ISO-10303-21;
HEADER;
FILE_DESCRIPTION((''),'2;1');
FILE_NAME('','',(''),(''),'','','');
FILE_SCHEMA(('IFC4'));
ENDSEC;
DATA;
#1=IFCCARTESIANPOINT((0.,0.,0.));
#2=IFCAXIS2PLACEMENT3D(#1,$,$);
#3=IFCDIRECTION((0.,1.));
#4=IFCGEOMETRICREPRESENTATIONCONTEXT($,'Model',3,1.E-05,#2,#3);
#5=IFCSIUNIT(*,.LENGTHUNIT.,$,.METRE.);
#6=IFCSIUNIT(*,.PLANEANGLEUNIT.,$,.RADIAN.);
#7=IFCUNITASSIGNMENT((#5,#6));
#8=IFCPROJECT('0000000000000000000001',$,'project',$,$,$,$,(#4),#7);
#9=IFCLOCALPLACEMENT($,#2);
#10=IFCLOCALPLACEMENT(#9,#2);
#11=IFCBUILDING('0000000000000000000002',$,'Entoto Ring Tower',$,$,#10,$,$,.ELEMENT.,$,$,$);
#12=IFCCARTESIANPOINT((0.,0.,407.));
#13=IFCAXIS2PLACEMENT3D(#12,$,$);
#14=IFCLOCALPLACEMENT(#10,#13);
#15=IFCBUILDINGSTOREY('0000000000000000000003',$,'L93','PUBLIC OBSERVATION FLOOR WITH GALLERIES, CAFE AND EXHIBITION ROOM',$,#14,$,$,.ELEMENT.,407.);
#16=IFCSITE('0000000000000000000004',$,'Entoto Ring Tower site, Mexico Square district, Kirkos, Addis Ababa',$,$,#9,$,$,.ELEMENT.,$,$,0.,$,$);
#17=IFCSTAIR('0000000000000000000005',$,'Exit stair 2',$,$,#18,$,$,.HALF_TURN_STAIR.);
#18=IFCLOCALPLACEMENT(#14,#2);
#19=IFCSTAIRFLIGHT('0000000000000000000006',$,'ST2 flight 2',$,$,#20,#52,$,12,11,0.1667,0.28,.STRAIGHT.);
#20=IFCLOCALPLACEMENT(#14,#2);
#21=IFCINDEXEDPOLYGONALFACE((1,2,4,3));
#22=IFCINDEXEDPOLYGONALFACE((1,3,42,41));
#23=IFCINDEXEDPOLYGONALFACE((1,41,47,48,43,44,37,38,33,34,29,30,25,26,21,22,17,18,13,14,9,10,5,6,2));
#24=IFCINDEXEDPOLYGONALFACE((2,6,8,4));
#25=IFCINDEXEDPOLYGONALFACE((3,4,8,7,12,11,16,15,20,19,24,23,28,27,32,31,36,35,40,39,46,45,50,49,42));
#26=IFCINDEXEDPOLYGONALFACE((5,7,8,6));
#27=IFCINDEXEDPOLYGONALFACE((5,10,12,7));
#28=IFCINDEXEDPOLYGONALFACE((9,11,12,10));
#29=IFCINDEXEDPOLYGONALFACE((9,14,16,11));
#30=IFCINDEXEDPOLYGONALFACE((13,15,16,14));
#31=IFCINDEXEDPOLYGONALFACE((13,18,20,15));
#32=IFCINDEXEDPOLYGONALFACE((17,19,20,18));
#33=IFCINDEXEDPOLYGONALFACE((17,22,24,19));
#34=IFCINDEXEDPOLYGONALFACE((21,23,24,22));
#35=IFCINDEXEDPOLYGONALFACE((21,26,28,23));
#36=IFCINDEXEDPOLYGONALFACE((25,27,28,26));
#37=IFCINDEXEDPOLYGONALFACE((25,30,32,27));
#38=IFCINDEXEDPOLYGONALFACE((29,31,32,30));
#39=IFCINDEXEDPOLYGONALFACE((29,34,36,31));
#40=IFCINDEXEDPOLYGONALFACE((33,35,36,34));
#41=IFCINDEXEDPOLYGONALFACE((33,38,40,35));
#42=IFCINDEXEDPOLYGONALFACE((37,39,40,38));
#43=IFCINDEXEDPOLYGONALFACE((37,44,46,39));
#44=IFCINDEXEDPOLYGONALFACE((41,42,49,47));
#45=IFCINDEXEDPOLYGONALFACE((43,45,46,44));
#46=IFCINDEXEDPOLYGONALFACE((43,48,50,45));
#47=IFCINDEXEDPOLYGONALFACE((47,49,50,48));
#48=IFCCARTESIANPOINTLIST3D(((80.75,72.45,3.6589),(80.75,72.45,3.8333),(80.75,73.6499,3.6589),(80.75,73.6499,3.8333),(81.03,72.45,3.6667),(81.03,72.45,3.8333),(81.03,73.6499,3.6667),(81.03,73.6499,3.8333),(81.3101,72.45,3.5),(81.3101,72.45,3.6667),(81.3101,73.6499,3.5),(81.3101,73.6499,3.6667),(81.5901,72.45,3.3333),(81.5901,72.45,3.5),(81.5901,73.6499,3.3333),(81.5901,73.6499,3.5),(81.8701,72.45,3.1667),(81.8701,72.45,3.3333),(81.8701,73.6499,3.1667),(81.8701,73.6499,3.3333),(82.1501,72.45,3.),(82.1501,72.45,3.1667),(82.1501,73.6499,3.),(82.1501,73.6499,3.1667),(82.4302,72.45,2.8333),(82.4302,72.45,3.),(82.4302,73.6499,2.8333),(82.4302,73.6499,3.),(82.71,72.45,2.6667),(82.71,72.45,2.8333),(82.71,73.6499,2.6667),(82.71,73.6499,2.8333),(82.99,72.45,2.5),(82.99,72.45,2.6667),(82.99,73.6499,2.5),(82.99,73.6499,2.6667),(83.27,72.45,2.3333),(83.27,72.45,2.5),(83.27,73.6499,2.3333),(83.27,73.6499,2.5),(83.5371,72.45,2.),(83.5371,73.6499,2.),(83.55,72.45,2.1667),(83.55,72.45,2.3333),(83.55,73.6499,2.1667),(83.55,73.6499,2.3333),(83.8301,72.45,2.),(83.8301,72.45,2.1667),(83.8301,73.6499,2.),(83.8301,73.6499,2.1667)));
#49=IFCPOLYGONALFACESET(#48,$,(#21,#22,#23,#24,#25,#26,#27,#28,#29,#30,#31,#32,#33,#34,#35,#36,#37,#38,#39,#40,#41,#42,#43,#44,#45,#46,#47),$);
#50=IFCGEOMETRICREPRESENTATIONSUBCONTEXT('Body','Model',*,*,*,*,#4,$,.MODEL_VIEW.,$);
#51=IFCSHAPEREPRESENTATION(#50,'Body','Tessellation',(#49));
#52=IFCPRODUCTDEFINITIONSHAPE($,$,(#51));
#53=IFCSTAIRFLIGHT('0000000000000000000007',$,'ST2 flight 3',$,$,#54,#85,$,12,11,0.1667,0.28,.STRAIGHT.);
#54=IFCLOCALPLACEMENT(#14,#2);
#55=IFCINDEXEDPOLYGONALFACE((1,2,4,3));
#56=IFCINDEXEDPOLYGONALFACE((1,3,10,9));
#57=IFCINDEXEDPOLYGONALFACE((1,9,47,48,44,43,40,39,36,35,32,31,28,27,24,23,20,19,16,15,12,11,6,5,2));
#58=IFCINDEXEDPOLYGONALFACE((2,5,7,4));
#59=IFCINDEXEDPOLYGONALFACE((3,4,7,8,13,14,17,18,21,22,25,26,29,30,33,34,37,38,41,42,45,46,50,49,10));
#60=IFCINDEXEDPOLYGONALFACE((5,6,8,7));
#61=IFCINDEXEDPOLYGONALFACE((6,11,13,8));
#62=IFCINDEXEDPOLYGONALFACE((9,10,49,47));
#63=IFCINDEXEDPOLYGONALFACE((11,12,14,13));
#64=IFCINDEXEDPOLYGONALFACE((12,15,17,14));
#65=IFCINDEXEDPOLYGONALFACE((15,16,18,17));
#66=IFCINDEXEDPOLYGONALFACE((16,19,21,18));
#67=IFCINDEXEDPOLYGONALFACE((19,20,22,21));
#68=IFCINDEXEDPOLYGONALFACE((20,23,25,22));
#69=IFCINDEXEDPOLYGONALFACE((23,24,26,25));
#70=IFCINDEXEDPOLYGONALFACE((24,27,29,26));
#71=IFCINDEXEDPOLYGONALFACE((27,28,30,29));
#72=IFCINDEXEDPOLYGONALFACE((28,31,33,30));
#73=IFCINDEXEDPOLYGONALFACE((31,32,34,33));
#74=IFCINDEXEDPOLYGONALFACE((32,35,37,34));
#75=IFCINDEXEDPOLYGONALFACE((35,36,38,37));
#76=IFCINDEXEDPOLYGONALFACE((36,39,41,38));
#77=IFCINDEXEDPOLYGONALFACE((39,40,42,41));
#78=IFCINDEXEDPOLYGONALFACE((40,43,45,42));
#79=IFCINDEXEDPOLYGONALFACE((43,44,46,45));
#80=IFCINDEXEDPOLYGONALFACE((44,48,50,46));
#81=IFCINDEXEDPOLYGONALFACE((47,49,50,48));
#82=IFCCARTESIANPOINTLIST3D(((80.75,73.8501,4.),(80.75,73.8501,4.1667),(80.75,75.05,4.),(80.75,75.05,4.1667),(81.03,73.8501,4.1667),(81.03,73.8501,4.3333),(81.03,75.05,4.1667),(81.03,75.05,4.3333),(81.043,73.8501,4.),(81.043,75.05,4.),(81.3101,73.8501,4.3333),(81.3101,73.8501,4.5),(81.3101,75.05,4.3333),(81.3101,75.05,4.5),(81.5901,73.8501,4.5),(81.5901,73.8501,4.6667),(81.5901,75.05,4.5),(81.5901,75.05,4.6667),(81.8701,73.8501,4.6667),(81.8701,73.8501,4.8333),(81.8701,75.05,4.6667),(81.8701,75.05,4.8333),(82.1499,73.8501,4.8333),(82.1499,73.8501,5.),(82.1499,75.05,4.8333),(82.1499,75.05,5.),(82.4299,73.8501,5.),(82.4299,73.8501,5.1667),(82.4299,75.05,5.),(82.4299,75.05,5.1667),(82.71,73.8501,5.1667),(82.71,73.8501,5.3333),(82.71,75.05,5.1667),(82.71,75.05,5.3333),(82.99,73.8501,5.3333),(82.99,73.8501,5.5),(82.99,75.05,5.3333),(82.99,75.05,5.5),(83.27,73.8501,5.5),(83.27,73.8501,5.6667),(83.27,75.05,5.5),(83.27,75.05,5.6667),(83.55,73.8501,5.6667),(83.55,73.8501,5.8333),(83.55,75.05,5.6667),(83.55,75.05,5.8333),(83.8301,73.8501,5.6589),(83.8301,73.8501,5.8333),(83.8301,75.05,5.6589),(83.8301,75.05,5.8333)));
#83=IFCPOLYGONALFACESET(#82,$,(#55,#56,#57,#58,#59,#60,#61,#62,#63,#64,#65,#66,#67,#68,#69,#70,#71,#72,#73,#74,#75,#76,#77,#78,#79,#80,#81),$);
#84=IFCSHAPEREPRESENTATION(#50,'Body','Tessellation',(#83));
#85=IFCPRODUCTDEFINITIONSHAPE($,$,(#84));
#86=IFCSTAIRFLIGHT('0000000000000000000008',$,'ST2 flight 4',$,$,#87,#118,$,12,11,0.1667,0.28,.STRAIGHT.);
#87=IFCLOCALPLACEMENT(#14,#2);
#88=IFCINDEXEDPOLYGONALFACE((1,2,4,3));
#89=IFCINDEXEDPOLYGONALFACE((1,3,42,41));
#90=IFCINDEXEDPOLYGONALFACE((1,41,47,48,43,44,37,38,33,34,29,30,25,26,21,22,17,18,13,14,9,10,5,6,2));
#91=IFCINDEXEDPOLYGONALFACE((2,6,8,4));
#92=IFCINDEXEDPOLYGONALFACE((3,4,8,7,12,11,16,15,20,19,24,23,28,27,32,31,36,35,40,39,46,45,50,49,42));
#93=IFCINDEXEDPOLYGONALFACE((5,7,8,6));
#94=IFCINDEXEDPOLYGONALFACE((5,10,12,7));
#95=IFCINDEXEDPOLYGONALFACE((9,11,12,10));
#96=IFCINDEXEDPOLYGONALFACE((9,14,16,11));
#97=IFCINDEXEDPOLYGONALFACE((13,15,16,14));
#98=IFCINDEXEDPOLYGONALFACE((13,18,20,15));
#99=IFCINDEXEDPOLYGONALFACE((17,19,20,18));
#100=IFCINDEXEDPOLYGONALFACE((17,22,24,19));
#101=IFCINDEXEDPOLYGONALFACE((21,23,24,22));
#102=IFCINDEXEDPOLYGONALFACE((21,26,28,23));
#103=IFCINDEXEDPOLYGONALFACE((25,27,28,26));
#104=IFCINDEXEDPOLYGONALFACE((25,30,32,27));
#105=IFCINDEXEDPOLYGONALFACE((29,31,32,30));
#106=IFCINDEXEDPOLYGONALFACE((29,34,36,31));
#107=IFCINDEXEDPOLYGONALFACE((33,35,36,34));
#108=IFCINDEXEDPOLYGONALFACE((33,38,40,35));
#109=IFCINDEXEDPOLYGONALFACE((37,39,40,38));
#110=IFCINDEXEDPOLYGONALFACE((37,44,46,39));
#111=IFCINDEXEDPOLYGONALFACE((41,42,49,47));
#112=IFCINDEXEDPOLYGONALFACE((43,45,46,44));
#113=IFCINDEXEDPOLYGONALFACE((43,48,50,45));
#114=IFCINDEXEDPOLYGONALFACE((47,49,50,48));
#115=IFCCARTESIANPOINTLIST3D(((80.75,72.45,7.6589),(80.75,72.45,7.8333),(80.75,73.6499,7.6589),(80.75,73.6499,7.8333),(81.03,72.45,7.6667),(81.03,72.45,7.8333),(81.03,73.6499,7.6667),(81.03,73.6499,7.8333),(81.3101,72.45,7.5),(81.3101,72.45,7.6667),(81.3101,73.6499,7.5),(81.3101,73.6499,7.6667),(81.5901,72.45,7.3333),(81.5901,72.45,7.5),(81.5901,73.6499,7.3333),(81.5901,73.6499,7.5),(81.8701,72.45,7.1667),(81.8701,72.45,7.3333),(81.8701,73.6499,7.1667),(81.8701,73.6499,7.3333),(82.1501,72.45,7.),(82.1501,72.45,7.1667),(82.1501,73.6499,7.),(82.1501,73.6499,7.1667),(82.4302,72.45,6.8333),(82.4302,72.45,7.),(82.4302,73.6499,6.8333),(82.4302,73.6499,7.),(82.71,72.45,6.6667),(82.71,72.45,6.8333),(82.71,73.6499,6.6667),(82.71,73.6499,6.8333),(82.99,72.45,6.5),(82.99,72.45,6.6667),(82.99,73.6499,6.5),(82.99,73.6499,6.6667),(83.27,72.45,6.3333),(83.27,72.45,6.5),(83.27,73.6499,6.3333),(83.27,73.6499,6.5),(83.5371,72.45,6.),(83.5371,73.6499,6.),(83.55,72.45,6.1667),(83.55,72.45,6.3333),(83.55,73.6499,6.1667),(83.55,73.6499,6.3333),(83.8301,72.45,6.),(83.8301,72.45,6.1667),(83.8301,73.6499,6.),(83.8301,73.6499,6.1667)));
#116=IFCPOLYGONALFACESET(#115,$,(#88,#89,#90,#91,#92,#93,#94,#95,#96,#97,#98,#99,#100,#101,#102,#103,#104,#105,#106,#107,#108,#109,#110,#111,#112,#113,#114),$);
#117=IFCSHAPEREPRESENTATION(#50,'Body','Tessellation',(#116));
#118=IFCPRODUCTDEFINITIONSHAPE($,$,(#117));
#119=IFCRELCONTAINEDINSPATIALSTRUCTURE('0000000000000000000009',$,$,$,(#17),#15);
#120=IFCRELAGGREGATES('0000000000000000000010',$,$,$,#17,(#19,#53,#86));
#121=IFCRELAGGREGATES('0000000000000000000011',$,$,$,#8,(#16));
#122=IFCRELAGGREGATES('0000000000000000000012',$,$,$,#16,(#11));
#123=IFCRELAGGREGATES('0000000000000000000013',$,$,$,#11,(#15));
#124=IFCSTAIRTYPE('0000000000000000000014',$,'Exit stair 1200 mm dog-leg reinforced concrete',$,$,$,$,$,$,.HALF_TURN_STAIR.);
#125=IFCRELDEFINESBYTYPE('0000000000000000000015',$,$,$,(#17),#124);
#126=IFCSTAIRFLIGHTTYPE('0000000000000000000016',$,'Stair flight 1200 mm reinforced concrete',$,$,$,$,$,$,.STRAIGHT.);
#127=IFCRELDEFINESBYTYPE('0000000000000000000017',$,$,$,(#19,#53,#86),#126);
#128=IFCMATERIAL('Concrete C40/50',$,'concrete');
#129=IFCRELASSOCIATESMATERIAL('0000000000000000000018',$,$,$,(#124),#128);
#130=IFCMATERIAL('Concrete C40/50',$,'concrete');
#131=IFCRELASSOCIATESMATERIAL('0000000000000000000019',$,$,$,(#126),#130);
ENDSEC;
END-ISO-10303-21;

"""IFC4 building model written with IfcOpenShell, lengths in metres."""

from ifc_helpers import new_model, si_unit, direction, frame, origin, place, context, subcontext, project, spatial, polyline, outline, extrude, material, type_object, element, aggregate, save


model = new_model("IFC4")

# Units and contexts
model_context = context("Model", 3, precision=1e-05, world=origin(), true_north=direction((0.0, 1.0)))
body_context = subcontext(model_context, "Body", "Model", "MODEL_VIEW")
ifc_project = project(units=[si_unit("LENGTHUNIT", "METRE"), si_unit("PLANEANGLEUNIT", "RADIAN")], contexts=[model_context])

# Site, building, storey
site_placement = place(None, origin())
site = spatial("IfcSite", under=ifc_project, at=site_placement, Name="Entoto Ring Tower site, Mexico Square district, Kirkos, Addis Ababa", CompositionType="ELEMENT", RefElevation=0.0)
building_placement = place(site_placement, origin())
building = spatial("IfcBuilding", under=site, at=building_placement, Name="Entoto Ring Tower", CompositionType="ELEMENT")
storey_placement = place(building_placement, frame((0.0, 0.0, 407.0)))
storey = spatial("IfcBuildingStorey", under=building, at=storey_placement, Name="L93", Description="PUBLIC OBSERVATION FLOOR WITH GALLERIES, CAFE AND EXHIBITION ROOM", CompositionType="ELEMENT", Elevation=407.0)

# Stair, stair flights
ifc_material_1 = material(Name="Concrete C40/50", Category="concrete")
stair_type = type_object("IfcStairType", Name="Exit stair 1200 mm dog-leg reinforced concrete", PredefinedType="HALF_TURN_STAIR", material=ifc_material_1)
stair_placement = place(storey_placement, origin())
stair = element("IfcStair", 1, at=stair_placement, inside=storey, type_object=stair_type, Name="Exit stair 2", PredefinedType="HALF_TURN_STAIR")
ifc_material_2 = material(Name="Concrete C40/50", Category="concrete")
stair_flight_type = type_object("IfcStairFlightType", Name="Stair flight 1200 mm reinforced concrete", PredefinedType="STRAIGHT", material=ifc_material_2)
stair_flight_1_placement = place(storey_placement, frame((83.8301, 73.05, 2.0), z_axis=(0.0, 0.0, 1.0), x_axis=(-1.0, 0.0, 0.0)))
stair_flight_1 = element("IfcStairFlight", 2, at=stair_flight_1_placement, type_object=stair_flight_type, Name="ST2 flight 2", NumberOfRisers=12, NumberOfTreads=11, PredefinedType="STRAIGHT", RiserHeight=0.1667, TreadLength=0.28, context=body_context, shape_type="SweptSolid", body=[
    extrude(outline(polyline([(0.0, 0.0), (0.0, 0.1667), (0.28, 0.1667), (0.28, 0.3333), (0.5601, 0.3333), (0.5601, 0.5), (0.8401, 0.5), (0.8401, 0.6667), (1.1201, 0.6667), (1.1201, 0.8333), (1.3999, 0.8333), (1.3999, 1.0), (1.6799, 1.0), (1.6799, 1.1667), (1.96, 1.1667), (1.96, 1.3333), (2.24, 1.3333), (2.24, 1.5), (2.52, 1.5), (2.52, 1.6667), (2.8, 1.6667), (2.8, 1.8333), (3.0801, 1.8333), (3.0801, 2.0), (3.0801, 1.6589), (0.293, 0.0), (0.0, 0.0)])), frame((0.0, 0.6001, 0.0), z_axis=(0.0, -1.0, 0.0), x_axis=(1.0, 0.0, 0.0)), (0.0, 0.0, 1.0), 1.2),
])
stair_flight_2_placement = place(storey_placement, frame((80.75, 74.45, 4.0), z_axis=(0.0, 0.0, 1.0), x_axis=(1.0, 0.0, 0.0)))
stair_flight_2 = element("IfcStairFlight", 3, at=stair_flight_2_placement, type_object=stair_flight_type, Name="ST2 flight 3", NumberOfRisers=12, NumberOfTreads=11, PredefinedType="STRAIGHT", RiserHeight=0.1667, TreadLength=0.28, context=body_context, shape_type="SweptSolid", body=[
    extrude(outline(polyline([(0.0, 0.0), (0.0, 0.1667), (0.28, 0.1667), (0.28, 0.3333), (0.5601, 0.3333), (0.5601, 0.5), (0.8401, 0.5), (0.8401, 0.6667), (1.1201, 0.6667), (1.1201, 0.8333), (1.3999, 0.8333), (1.3999, 1.0), (1.6799, 1.0), (1.6799, 1.1667), (1.96, 1.1667), (1.96, 1.3333), (2.24, 1.3333), (2.24, 1.5), (2.52, 1.5), (2.52, 1.6667), (2.8, 1.6667), (2.8, 1.8333), (3.0801, 1.8333), (3.0801, 2.0), (3.0801, 1.6589), (0.293, 0.0), (0.0, 0.0)])), frame((0.0, 0.6001, 0.0), z_axis=(0.0, -1.0, 0.0), x_axis=(1.0, 0.0, 0.0)), (0.0, 0.0, 1.0), 1.2),
])
stair_flight_3_placement = place(storey_placement, frame((83.8301, 73.05, 6.0), z_axis=(0.0, 0.0, 1.0), x_axis=(-1.0, 0.0, 0.0)))
stair_flight_3 = element("IfcStairFlight", 4, at=stair_flight_3_placement, type_object=stair_flight_type, Name="ST2 flight 4", NumberOfRisers=12, NumberOfTreads=11, PredefinedType="STRAIGHT", RiserHeight=0.1667, TreadLength=0.28, context=body_context, shape_type="SweptSolid", body=[
    extrude(outline(polyline([(0.0, 0.0), (0.0, 0.1667), (0.28, 0.1667), (0.28, 0.3333), (0.5601, 0.3333), (0.5601, 0.5), (0.8401, 0.5), (0.8401, 0.6667), (1.1201, 0.6667), (1.1201, 0.8333), (1.3999, 0.8333), (1.3999, 1.0), (1.6799, 1.0), (1.6799, 1.1667), (1.96, 1.1667), (1.96, 1.3333), (2.24, 1.3333), (2.24, 1.5), (2.52, 1.5), (2.52, 1.6667), (2.8, 1.6667), (2.8, 1.8333), (3.0801, 1.8333), (3.0801, 2.0), (3.0801, 1.6589), (0.293, 0.0), (0.0, 0.0)])), frame((0.0, 0.6001, 0.0), z_axis=(0.0, -1.0, 0.0), x_axis=(1.0, 0.0, 0.0)), (0.0, 0.0, 1.0), 1.2),
])
aggregate(stair, [stair_flight_1, stair_flight_2, stair_flight_3])

save(model, "model.ifc")
